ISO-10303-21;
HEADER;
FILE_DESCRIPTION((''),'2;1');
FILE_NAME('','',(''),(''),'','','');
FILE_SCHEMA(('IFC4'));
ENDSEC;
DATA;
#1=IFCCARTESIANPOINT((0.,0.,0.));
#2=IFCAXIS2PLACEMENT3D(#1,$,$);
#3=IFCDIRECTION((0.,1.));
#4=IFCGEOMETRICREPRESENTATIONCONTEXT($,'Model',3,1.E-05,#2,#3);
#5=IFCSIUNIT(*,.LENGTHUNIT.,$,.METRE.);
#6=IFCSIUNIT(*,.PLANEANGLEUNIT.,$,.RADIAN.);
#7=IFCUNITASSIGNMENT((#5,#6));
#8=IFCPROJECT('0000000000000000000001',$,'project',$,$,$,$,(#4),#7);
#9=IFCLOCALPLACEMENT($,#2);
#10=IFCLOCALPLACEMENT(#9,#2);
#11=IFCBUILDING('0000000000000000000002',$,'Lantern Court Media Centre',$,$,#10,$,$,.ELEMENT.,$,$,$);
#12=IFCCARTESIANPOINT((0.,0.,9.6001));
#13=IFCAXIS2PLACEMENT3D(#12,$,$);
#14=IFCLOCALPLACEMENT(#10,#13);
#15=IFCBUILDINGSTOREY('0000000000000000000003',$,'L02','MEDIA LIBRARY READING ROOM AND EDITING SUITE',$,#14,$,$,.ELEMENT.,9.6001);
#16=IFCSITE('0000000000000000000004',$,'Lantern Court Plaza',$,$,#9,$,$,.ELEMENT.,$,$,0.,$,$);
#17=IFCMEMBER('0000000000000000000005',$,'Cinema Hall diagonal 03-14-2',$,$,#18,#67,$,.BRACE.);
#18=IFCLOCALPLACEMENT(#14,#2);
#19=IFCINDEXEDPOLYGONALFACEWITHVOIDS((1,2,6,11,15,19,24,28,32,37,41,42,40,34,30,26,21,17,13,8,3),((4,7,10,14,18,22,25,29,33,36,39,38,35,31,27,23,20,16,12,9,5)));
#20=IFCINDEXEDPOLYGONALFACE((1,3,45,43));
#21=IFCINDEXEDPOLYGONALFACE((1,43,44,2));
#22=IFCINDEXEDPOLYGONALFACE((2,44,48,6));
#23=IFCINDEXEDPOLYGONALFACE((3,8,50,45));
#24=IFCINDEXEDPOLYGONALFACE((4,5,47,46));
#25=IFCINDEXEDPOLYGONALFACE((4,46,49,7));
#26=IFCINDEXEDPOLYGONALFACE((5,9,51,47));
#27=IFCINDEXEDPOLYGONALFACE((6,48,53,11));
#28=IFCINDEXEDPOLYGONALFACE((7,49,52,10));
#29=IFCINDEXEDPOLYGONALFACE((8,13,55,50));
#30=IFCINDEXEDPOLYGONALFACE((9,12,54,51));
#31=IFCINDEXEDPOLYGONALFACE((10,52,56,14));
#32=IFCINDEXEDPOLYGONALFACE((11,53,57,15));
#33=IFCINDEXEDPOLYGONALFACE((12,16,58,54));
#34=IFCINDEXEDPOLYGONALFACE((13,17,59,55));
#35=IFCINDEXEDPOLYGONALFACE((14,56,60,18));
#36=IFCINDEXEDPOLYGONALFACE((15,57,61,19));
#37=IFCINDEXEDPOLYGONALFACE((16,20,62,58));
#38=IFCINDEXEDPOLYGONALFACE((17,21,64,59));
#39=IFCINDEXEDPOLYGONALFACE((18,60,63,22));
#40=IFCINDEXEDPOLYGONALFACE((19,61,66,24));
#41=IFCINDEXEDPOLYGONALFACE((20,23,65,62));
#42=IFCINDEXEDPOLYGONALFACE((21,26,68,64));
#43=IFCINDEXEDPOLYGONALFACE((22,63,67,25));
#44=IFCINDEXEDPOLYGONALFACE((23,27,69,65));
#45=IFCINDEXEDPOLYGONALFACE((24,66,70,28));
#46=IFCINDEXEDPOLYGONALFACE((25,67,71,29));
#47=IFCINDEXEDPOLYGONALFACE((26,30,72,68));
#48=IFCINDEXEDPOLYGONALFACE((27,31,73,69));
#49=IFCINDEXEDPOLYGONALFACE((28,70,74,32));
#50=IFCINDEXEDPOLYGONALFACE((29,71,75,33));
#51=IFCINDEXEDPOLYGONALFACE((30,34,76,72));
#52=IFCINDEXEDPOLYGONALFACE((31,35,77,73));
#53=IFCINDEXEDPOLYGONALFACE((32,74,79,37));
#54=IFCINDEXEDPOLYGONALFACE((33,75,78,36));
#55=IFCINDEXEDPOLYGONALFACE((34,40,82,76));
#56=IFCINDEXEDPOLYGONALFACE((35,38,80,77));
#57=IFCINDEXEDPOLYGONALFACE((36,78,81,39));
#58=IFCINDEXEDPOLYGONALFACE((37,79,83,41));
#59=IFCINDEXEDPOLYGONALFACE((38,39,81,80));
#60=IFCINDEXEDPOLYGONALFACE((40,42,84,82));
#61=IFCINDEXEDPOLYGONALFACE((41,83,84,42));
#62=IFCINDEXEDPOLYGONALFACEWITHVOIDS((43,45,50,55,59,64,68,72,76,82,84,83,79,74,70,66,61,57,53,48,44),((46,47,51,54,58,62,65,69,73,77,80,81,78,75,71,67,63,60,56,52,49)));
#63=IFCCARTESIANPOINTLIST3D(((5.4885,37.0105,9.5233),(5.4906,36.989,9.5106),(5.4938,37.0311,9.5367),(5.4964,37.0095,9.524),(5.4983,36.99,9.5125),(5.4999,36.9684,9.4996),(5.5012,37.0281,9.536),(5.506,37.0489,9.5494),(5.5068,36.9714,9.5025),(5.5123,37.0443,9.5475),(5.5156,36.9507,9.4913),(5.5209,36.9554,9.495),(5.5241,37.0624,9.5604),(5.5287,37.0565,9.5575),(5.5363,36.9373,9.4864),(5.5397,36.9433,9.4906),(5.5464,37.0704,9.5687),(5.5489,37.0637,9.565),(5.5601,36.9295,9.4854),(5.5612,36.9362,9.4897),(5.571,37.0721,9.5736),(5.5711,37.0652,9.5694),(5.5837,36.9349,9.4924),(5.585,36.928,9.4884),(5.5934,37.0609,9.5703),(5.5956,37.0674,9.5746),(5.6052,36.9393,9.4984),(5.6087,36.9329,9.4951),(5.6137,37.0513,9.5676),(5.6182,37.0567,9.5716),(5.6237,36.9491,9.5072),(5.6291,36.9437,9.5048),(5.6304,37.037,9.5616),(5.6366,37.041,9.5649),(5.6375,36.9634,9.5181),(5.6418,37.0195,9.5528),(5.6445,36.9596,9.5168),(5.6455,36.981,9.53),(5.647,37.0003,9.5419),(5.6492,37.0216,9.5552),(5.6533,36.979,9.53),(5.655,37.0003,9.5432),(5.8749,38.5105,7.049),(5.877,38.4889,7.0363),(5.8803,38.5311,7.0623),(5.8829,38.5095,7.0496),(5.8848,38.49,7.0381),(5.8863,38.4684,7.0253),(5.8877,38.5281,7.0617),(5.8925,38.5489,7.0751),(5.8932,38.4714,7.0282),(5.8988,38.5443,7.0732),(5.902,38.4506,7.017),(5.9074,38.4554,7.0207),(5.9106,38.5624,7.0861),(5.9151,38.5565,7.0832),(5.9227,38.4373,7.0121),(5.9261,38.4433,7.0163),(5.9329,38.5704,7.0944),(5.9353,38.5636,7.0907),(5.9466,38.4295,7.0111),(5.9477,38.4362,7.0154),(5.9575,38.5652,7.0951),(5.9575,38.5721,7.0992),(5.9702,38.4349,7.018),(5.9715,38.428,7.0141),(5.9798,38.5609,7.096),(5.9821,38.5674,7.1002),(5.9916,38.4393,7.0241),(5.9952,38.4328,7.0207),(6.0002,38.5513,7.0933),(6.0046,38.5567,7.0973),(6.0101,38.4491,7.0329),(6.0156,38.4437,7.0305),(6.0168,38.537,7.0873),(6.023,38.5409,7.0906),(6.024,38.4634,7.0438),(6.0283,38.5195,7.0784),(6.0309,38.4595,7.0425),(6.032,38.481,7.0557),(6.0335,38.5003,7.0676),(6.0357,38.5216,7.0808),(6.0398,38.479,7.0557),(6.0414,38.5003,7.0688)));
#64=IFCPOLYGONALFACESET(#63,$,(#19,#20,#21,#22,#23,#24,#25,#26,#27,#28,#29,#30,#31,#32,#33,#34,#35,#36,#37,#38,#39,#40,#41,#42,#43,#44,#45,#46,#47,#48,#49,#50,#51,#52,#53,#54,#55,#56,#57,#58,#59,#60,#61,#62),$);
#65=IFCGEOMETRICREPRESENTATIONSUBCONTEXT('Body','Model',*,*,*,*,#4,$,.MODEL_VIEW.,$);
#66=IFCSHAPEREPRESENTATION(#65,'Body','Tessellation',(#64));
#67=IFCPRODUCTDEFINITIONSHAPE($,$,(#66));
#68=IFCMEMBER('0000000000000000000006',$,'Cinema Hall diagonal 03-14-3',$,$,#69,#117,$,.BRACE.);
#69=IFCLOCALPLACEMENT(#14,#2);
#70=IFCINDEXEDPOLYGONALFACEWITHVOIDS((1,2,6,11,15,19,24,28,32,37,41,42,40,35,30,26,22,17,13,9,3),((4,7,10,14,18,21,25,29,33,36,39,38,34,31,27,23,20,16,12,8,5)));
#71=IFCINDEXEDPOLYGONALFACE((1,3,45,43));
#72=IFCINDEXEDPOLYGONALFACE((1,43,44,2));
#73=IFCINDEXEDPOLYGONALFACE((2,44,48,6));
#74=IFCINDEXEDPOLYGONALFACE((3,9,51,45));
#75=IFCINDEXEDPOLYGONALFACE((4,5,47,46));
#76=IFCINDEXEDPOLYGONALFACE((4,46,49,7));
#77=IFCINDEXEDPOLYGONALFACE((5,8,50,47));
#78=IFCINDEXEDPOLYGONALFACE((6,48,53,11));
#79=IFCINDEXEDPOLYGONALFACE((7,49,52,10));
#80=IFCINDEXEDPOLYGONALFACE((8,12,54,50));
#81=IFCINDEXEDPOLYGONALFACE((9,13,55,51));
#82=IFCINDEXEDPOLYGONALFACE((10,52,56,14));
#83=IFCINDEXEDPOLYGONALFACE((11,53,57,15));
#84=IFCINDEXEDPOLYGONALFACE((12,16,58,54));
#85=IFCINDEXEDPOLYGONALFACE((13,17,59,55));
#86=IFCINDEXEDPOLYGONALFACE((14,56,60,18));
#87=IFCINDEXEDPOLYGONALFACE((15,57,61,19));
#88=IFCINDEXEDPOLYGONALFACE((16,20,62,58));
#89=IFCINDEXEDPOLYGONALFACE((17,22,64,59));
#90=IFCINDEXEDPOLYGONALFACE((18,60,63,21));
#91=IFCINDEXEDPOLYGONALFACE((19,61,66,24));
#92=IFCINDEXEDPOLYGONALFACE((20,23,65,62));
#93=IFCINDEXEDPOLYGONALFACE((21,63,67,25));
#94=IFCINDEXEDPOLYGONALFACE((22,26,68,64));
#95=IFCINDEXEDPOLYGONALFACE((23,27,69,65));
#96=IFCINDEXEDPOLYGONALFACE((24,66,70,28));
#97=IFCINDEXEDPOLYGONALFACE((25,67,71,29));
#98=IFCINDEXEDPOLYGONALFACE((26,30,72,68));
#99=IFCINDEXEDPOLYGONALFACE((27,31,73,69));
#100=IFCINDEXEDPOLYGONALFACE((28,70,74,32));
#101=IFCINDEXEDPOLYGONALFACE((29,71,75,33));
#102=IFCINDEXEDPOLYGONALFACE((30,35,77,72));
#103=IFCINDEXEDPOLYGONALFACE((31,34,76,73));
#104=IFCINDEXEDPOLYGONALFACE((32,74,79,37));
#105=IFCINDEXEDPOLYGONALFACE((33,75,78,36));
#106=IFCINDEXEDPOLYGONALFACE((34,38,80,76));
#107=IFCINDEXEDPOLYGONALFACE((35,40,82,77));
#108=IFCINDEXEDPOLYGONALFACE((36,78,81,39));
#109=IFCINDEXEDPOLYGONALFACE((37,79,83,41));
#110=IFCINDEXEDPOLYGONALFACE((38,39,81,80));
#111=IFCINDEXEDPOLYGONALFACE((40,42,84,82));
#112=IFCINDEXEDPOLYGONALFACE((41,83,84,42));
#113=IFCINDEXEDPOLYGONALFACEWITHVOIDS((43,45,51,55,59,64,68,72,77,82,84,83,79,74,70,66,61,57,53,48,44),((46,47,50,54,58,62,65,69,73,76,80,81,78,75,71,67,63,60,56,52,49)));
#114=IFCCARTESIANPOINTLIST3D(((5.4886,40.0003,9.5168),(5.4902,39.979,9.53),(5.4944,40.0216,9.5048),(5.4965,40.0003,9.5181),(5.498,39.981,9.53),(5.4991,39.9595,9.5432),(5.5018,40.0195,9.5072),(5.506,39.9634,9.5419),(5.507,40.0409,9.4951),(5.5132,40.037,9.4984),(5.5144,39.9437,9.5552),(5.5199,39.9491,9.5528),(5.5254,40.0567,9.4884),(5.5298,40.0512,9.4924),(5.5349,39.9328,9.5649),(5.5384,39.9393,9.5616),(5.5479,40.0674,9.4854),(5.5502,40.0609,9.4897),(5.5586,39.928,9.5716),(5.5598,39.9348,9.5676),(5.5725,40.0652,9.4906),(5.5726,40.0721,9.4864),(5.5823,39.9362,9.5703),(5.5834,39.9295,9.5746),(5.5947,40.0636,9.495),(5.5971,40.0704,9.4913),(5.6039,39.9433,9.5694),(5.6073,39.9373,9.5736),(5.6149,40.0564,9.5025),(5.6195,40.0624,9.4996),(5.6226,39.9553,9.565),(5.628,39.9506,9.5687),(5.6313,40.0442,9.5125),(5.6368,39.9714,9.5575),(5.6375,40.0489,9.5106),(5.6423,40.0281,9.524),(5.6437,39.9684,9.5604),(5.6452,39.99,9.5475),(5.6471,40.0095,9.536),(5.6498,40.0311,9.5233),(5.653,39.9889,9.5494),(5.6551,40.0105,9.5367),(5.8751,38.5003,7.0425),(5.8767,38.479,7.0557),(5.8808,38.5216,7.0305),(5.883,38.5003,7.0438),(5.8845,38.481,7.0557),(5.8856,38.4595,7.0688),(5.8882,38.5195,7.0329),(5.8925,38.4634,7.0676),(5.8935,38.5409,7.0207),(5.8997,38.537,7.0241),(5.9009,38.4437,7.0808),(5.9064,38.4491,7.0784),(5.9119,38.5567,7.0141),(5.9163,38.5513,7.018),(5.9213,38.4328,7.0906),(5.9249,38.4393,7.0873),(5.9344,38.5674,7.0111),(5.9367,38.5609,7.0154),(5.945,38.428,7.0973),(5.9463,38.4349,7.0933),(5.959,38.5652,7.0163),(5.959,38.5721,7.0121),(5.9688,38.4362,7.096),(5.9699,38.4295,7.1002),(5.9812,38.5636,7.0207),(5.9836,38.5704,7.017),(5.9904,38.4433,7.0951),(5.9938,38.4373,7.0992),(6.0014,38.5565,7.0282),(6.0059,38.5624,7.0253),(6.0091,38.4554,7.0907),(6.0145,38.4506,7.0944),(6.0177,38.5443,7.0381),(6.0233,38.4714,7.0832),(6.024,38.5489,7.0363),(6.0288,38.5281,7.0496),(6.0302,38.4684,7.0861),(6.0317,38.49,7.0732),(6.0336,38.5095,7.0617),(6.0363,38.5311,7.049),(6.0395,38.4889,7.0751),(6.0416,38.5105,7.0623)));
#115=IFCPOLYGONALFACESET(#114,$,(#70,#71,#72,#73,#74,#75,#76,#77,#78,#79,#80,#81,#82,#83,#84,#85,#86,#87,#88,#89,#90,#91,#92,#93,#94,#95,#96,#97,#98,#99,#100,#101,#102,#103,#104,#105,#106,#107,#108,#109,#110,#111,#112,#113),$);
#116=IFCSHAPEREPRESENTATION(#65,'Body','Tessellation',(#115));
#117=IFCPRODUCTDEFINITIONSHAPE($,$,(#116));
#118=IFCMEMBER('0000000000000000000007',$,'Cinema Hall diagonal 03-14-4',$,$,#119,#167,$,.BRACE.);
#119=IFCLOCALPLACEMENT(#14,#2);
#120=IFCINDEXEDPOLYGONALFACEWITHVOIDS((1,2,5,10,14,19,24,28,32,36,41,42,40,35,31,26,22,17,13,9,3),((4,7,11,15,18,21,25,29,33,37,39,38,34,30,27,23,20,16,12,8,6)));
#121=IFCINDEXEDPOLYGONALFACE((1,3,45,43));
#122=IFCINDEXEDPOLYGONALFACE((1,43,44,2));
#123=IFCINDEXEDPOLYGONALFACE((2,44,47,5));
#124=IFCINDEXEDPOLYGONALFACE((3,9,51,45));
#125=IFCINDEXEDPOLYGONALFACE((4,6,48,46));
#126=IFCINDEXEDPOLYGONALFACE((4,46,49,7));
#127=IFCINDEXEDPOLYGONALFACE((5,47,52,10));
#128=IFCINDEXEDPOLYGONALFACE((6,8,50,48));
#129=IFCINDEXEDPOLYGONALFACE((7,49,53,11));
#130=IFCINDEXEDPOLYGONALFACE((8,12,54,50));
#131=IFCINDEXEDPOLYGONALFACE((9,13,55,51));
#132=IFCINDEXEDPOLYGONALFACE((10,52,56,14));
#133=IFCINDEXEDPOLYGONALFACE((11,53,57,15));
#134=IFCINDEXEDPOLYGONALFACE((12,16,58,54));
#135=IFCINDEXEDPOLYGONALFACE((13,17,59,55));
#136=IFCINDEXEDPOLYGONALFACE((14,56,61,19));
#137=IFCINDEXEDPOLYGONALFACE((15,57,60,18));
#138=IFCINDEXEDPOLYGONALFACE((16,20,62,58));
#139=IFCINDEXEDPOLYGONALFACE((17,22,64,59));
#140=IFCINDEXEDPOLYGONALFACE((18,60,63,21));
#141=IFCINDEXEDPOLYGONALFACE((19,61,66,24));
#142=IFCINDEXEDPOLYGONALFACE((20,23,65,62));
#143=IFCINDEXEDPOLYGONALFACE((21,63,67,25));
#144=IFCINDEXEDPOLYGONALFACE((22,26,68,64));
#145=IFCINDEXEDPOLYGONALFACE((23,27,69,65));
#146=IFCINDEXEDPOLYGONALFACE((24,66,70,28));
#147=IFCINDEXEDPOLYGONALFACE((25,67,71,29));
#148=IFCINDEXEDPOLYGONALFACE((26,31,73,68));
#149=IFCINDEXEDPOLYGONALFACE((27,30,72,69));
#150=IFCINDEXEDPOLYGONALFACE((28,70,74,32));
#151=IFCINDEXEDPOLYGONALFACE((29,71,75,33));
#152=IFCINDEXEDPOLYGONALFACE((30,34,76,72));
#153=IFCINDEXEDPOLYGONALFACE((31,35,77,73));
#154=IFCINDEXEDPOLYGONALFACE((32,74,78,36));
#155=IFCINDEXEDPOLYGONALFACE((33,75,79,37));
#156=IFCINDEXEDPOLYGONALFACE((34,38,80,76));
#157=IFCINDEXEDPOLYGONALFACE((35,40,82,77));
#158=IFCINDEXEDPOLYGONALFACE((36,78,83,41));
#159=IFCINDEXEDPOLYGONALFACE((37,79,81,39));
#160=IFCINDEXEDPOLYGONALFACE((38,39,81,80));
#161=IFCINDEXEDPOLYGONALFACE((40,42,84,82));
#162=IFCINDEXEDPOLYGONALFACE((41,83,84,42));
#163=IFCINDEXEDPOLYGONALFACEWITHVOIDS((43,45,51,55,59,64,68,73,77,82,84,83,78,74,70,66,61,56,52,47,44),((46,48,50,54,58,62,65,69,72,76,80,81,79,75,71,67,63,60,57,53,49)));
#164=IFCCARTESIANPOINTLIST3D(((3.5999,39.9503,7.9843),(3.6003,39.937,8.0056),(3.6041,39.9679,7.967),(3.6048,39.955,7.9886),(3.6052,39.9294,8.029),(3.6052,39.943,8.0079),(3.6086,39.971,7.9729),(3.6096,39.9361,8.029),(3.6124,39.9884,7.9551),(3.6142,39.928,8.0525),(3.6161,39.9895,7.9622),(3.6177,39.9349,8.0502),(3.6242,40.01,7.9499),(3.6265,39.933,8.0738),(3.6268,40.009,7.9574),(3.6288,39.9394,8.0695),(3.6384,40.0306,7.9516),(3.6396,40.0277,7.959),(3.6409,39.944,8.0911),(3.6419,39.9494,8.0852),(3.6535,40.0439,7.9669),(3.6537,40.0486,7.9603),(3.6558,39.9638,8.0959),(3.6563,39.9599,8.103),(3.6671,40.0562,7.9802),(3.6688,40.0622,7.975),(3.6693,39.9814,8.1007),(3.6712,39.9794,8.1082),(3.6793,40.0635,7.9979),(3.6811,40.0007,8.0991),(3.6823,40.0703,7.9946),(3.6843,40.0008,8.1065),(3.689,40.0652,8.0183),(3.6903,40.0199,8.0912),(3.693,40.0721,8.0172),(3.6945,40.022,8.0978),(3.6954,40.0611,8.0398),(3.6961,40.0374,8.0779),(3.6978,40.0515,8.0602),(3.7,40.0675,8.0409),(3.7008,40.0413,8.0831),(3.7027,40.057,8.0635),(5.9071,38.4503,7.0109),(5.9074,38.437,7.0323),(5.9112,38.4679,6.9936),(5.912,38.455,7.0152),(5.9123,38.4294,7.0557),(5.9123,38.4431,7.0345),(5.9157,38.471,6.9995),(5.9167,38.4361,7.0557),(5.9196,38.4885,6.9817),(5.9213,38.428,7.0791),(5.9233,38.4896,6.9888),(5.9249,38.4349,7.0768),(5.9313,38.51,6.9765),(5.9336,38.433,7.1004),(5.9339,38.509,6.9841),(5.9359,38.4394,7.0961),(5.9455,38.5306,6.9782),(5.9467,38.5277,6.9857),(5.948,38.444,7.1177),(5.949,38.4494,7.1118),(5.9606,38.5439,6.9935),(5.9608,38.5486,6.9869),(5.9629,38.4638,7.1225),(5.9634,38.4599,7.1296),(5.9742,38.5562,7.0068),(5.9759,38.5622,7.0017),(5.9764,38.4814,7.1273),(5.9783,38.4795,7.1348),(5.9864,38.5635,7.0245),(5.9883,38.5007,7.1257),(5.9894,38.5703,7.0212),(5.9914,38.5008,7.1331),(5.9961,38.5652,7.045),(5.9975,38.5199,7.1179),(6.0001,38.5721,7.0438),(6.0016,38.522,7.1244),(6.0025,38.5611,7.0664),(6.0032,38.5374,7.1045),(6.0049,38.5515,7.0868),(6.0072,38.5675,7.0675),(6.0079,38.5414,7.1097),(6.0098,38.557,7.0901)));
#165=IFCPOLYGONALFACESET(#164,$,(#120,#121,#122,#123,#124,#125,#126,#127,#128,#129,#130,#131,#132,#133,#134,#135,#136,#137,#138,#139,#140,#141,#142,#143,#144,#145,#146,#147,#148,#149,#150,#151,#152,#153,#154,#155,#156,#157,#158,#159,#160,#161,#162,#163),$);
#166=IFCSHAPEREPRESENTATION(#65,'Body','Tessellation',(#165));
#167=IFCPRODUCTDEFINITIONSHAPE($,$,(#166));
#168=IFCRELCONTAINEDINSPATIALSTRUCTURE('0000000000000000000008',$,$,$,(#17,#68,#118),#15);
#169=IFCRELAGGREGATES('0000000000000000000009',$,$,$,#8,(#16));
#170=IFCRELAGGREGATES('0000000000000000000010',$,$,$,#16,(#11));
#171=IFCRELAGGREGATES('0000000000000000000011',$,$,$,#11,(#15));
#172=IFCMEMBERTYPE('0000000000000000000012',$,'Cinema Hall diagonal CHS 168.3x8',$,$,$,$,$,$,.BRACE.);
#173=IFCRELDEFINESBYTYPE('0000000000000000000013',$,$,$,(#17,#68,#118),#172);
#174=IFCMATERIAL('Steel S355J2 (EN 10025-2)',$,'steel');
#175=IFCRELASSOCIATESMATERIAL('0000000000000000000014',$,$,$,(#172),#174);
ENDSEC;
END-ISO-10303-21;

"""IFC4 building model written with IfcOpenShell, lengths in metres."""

from ifc_helpers import new_model, si_unit, direction, frame, origin, origin_2d, place, context, subcontext, project, spatial, hollow_circle, extrude, material, material_profile, profile_set, type_object, element, save


model = new_model("IFC4")

# Units and contexts
model_context = context("Model", 3, precision=1e-05, world=origin(), true_north=direction((0.0, 1.0)))
body_context = subcontext(model_context, "Body", "Model", "MODEL_VIEW")
ifc_project = project(units=[si_unit("LENGTHUNIT", "METRE"), si_unit("PLANEANGLEUNIT", "RADIAN")], contexts=[model_context])

# Site, building, storey
site_placement = place(None, origin())
site = spatial("IfcSite", under=ifc_project, at=site_placement, Name="Lantern Court Plaza", CompositionType="ELEMENT", RefElevation=0.0)
building_placement = place(site_placement, origin())
building = spatial("IfcBuilding", under=site, at=building_placement, Name="Lantern Court Media Centre", CompositionType="ELEMENT")
storey_placement = place(building_placement, frame((0.0, 0.0, 9.6001)))
storey = spatial("IfcBuildingStorey", under=building, at=storey_placement, Name="L02", Description="MEDIA LIBRARY READING ROOM AND EDITING SUITE", CompositionType="ELEMENT", Elevation=9.6001)

# Members
ifc_material = material(Name="Steel S355J2 (EN 10025-2)", Category="steel")
ifc_material_profile_1 = material_profile(ifc_material, hollow_circle(Radius=0.0842, WallThickness=0.0081, at=origin_2d()), Name="Cinema Hall diagonal CHS 168.3x8")
ifc_profile_set_1 = profile_set([ifc_material_profile_1], Name="Steel S355J2 (EN 10025-2)")
member_type_1 = type_object("IfcMemberType", Name="Cinema Hall diagonal CHS 168.3x8", PredefinedType="BRACE", material=ifc_profile_set_1)
for number, where, z_axis, x_axis, name in (
    (1, (5.9583, 38.5, 7.0557), (-0.13239, -0.513836, 0.847612), (0.968374, -0.249501, 0.0), "Cinema Hall diagonal 03-14-2"),
    (2, (5.9583, 38.5, 7.0557), (-0.13239, 0.513836, 0.847612), (-0.968374, -0.249501, 0.0), "Cinema Hall diagonal 03-14-3"),
):
    element("IfcMember", number, at=place(storey_placement, frame(where, z_axis=z_axis, x_axis=x_axis)), inside=storey, type_object=member_type_1, Name=name, PredefinedType="BRACE", context=body_context, shape_type="SweptSolid", body=[
        extrude(hollow_circle(Radius=0.0842, WallThickness=0.0081, at=origin_2d()), origin(), (0.0, 0.0, 1.0), 2.9192),
    ])
member_1_placement = place(storey_placement, frame((5.9583, 38.5, 7.0557), z_axis=(-0.790394, 0.513882, 0.333471), x_axis=(-0.545082, -0.838383, 0.0)))
element("IfcMember", 3, at=member_1_placement, inside=storey, type_object=member_type_1, Name="Cinema Hall diagonal 03-14-4", PredefinedType="BRACE", context=body_context, shape_type="SweptSolid", body=[
    extrude(hollow_circle(Radius=0.0842, WallThickness=0.0081, at=origin_2d()), origin(), (0.0, 0.0, 1.0), 2.9189),
])

save(model, "model.ifc")
